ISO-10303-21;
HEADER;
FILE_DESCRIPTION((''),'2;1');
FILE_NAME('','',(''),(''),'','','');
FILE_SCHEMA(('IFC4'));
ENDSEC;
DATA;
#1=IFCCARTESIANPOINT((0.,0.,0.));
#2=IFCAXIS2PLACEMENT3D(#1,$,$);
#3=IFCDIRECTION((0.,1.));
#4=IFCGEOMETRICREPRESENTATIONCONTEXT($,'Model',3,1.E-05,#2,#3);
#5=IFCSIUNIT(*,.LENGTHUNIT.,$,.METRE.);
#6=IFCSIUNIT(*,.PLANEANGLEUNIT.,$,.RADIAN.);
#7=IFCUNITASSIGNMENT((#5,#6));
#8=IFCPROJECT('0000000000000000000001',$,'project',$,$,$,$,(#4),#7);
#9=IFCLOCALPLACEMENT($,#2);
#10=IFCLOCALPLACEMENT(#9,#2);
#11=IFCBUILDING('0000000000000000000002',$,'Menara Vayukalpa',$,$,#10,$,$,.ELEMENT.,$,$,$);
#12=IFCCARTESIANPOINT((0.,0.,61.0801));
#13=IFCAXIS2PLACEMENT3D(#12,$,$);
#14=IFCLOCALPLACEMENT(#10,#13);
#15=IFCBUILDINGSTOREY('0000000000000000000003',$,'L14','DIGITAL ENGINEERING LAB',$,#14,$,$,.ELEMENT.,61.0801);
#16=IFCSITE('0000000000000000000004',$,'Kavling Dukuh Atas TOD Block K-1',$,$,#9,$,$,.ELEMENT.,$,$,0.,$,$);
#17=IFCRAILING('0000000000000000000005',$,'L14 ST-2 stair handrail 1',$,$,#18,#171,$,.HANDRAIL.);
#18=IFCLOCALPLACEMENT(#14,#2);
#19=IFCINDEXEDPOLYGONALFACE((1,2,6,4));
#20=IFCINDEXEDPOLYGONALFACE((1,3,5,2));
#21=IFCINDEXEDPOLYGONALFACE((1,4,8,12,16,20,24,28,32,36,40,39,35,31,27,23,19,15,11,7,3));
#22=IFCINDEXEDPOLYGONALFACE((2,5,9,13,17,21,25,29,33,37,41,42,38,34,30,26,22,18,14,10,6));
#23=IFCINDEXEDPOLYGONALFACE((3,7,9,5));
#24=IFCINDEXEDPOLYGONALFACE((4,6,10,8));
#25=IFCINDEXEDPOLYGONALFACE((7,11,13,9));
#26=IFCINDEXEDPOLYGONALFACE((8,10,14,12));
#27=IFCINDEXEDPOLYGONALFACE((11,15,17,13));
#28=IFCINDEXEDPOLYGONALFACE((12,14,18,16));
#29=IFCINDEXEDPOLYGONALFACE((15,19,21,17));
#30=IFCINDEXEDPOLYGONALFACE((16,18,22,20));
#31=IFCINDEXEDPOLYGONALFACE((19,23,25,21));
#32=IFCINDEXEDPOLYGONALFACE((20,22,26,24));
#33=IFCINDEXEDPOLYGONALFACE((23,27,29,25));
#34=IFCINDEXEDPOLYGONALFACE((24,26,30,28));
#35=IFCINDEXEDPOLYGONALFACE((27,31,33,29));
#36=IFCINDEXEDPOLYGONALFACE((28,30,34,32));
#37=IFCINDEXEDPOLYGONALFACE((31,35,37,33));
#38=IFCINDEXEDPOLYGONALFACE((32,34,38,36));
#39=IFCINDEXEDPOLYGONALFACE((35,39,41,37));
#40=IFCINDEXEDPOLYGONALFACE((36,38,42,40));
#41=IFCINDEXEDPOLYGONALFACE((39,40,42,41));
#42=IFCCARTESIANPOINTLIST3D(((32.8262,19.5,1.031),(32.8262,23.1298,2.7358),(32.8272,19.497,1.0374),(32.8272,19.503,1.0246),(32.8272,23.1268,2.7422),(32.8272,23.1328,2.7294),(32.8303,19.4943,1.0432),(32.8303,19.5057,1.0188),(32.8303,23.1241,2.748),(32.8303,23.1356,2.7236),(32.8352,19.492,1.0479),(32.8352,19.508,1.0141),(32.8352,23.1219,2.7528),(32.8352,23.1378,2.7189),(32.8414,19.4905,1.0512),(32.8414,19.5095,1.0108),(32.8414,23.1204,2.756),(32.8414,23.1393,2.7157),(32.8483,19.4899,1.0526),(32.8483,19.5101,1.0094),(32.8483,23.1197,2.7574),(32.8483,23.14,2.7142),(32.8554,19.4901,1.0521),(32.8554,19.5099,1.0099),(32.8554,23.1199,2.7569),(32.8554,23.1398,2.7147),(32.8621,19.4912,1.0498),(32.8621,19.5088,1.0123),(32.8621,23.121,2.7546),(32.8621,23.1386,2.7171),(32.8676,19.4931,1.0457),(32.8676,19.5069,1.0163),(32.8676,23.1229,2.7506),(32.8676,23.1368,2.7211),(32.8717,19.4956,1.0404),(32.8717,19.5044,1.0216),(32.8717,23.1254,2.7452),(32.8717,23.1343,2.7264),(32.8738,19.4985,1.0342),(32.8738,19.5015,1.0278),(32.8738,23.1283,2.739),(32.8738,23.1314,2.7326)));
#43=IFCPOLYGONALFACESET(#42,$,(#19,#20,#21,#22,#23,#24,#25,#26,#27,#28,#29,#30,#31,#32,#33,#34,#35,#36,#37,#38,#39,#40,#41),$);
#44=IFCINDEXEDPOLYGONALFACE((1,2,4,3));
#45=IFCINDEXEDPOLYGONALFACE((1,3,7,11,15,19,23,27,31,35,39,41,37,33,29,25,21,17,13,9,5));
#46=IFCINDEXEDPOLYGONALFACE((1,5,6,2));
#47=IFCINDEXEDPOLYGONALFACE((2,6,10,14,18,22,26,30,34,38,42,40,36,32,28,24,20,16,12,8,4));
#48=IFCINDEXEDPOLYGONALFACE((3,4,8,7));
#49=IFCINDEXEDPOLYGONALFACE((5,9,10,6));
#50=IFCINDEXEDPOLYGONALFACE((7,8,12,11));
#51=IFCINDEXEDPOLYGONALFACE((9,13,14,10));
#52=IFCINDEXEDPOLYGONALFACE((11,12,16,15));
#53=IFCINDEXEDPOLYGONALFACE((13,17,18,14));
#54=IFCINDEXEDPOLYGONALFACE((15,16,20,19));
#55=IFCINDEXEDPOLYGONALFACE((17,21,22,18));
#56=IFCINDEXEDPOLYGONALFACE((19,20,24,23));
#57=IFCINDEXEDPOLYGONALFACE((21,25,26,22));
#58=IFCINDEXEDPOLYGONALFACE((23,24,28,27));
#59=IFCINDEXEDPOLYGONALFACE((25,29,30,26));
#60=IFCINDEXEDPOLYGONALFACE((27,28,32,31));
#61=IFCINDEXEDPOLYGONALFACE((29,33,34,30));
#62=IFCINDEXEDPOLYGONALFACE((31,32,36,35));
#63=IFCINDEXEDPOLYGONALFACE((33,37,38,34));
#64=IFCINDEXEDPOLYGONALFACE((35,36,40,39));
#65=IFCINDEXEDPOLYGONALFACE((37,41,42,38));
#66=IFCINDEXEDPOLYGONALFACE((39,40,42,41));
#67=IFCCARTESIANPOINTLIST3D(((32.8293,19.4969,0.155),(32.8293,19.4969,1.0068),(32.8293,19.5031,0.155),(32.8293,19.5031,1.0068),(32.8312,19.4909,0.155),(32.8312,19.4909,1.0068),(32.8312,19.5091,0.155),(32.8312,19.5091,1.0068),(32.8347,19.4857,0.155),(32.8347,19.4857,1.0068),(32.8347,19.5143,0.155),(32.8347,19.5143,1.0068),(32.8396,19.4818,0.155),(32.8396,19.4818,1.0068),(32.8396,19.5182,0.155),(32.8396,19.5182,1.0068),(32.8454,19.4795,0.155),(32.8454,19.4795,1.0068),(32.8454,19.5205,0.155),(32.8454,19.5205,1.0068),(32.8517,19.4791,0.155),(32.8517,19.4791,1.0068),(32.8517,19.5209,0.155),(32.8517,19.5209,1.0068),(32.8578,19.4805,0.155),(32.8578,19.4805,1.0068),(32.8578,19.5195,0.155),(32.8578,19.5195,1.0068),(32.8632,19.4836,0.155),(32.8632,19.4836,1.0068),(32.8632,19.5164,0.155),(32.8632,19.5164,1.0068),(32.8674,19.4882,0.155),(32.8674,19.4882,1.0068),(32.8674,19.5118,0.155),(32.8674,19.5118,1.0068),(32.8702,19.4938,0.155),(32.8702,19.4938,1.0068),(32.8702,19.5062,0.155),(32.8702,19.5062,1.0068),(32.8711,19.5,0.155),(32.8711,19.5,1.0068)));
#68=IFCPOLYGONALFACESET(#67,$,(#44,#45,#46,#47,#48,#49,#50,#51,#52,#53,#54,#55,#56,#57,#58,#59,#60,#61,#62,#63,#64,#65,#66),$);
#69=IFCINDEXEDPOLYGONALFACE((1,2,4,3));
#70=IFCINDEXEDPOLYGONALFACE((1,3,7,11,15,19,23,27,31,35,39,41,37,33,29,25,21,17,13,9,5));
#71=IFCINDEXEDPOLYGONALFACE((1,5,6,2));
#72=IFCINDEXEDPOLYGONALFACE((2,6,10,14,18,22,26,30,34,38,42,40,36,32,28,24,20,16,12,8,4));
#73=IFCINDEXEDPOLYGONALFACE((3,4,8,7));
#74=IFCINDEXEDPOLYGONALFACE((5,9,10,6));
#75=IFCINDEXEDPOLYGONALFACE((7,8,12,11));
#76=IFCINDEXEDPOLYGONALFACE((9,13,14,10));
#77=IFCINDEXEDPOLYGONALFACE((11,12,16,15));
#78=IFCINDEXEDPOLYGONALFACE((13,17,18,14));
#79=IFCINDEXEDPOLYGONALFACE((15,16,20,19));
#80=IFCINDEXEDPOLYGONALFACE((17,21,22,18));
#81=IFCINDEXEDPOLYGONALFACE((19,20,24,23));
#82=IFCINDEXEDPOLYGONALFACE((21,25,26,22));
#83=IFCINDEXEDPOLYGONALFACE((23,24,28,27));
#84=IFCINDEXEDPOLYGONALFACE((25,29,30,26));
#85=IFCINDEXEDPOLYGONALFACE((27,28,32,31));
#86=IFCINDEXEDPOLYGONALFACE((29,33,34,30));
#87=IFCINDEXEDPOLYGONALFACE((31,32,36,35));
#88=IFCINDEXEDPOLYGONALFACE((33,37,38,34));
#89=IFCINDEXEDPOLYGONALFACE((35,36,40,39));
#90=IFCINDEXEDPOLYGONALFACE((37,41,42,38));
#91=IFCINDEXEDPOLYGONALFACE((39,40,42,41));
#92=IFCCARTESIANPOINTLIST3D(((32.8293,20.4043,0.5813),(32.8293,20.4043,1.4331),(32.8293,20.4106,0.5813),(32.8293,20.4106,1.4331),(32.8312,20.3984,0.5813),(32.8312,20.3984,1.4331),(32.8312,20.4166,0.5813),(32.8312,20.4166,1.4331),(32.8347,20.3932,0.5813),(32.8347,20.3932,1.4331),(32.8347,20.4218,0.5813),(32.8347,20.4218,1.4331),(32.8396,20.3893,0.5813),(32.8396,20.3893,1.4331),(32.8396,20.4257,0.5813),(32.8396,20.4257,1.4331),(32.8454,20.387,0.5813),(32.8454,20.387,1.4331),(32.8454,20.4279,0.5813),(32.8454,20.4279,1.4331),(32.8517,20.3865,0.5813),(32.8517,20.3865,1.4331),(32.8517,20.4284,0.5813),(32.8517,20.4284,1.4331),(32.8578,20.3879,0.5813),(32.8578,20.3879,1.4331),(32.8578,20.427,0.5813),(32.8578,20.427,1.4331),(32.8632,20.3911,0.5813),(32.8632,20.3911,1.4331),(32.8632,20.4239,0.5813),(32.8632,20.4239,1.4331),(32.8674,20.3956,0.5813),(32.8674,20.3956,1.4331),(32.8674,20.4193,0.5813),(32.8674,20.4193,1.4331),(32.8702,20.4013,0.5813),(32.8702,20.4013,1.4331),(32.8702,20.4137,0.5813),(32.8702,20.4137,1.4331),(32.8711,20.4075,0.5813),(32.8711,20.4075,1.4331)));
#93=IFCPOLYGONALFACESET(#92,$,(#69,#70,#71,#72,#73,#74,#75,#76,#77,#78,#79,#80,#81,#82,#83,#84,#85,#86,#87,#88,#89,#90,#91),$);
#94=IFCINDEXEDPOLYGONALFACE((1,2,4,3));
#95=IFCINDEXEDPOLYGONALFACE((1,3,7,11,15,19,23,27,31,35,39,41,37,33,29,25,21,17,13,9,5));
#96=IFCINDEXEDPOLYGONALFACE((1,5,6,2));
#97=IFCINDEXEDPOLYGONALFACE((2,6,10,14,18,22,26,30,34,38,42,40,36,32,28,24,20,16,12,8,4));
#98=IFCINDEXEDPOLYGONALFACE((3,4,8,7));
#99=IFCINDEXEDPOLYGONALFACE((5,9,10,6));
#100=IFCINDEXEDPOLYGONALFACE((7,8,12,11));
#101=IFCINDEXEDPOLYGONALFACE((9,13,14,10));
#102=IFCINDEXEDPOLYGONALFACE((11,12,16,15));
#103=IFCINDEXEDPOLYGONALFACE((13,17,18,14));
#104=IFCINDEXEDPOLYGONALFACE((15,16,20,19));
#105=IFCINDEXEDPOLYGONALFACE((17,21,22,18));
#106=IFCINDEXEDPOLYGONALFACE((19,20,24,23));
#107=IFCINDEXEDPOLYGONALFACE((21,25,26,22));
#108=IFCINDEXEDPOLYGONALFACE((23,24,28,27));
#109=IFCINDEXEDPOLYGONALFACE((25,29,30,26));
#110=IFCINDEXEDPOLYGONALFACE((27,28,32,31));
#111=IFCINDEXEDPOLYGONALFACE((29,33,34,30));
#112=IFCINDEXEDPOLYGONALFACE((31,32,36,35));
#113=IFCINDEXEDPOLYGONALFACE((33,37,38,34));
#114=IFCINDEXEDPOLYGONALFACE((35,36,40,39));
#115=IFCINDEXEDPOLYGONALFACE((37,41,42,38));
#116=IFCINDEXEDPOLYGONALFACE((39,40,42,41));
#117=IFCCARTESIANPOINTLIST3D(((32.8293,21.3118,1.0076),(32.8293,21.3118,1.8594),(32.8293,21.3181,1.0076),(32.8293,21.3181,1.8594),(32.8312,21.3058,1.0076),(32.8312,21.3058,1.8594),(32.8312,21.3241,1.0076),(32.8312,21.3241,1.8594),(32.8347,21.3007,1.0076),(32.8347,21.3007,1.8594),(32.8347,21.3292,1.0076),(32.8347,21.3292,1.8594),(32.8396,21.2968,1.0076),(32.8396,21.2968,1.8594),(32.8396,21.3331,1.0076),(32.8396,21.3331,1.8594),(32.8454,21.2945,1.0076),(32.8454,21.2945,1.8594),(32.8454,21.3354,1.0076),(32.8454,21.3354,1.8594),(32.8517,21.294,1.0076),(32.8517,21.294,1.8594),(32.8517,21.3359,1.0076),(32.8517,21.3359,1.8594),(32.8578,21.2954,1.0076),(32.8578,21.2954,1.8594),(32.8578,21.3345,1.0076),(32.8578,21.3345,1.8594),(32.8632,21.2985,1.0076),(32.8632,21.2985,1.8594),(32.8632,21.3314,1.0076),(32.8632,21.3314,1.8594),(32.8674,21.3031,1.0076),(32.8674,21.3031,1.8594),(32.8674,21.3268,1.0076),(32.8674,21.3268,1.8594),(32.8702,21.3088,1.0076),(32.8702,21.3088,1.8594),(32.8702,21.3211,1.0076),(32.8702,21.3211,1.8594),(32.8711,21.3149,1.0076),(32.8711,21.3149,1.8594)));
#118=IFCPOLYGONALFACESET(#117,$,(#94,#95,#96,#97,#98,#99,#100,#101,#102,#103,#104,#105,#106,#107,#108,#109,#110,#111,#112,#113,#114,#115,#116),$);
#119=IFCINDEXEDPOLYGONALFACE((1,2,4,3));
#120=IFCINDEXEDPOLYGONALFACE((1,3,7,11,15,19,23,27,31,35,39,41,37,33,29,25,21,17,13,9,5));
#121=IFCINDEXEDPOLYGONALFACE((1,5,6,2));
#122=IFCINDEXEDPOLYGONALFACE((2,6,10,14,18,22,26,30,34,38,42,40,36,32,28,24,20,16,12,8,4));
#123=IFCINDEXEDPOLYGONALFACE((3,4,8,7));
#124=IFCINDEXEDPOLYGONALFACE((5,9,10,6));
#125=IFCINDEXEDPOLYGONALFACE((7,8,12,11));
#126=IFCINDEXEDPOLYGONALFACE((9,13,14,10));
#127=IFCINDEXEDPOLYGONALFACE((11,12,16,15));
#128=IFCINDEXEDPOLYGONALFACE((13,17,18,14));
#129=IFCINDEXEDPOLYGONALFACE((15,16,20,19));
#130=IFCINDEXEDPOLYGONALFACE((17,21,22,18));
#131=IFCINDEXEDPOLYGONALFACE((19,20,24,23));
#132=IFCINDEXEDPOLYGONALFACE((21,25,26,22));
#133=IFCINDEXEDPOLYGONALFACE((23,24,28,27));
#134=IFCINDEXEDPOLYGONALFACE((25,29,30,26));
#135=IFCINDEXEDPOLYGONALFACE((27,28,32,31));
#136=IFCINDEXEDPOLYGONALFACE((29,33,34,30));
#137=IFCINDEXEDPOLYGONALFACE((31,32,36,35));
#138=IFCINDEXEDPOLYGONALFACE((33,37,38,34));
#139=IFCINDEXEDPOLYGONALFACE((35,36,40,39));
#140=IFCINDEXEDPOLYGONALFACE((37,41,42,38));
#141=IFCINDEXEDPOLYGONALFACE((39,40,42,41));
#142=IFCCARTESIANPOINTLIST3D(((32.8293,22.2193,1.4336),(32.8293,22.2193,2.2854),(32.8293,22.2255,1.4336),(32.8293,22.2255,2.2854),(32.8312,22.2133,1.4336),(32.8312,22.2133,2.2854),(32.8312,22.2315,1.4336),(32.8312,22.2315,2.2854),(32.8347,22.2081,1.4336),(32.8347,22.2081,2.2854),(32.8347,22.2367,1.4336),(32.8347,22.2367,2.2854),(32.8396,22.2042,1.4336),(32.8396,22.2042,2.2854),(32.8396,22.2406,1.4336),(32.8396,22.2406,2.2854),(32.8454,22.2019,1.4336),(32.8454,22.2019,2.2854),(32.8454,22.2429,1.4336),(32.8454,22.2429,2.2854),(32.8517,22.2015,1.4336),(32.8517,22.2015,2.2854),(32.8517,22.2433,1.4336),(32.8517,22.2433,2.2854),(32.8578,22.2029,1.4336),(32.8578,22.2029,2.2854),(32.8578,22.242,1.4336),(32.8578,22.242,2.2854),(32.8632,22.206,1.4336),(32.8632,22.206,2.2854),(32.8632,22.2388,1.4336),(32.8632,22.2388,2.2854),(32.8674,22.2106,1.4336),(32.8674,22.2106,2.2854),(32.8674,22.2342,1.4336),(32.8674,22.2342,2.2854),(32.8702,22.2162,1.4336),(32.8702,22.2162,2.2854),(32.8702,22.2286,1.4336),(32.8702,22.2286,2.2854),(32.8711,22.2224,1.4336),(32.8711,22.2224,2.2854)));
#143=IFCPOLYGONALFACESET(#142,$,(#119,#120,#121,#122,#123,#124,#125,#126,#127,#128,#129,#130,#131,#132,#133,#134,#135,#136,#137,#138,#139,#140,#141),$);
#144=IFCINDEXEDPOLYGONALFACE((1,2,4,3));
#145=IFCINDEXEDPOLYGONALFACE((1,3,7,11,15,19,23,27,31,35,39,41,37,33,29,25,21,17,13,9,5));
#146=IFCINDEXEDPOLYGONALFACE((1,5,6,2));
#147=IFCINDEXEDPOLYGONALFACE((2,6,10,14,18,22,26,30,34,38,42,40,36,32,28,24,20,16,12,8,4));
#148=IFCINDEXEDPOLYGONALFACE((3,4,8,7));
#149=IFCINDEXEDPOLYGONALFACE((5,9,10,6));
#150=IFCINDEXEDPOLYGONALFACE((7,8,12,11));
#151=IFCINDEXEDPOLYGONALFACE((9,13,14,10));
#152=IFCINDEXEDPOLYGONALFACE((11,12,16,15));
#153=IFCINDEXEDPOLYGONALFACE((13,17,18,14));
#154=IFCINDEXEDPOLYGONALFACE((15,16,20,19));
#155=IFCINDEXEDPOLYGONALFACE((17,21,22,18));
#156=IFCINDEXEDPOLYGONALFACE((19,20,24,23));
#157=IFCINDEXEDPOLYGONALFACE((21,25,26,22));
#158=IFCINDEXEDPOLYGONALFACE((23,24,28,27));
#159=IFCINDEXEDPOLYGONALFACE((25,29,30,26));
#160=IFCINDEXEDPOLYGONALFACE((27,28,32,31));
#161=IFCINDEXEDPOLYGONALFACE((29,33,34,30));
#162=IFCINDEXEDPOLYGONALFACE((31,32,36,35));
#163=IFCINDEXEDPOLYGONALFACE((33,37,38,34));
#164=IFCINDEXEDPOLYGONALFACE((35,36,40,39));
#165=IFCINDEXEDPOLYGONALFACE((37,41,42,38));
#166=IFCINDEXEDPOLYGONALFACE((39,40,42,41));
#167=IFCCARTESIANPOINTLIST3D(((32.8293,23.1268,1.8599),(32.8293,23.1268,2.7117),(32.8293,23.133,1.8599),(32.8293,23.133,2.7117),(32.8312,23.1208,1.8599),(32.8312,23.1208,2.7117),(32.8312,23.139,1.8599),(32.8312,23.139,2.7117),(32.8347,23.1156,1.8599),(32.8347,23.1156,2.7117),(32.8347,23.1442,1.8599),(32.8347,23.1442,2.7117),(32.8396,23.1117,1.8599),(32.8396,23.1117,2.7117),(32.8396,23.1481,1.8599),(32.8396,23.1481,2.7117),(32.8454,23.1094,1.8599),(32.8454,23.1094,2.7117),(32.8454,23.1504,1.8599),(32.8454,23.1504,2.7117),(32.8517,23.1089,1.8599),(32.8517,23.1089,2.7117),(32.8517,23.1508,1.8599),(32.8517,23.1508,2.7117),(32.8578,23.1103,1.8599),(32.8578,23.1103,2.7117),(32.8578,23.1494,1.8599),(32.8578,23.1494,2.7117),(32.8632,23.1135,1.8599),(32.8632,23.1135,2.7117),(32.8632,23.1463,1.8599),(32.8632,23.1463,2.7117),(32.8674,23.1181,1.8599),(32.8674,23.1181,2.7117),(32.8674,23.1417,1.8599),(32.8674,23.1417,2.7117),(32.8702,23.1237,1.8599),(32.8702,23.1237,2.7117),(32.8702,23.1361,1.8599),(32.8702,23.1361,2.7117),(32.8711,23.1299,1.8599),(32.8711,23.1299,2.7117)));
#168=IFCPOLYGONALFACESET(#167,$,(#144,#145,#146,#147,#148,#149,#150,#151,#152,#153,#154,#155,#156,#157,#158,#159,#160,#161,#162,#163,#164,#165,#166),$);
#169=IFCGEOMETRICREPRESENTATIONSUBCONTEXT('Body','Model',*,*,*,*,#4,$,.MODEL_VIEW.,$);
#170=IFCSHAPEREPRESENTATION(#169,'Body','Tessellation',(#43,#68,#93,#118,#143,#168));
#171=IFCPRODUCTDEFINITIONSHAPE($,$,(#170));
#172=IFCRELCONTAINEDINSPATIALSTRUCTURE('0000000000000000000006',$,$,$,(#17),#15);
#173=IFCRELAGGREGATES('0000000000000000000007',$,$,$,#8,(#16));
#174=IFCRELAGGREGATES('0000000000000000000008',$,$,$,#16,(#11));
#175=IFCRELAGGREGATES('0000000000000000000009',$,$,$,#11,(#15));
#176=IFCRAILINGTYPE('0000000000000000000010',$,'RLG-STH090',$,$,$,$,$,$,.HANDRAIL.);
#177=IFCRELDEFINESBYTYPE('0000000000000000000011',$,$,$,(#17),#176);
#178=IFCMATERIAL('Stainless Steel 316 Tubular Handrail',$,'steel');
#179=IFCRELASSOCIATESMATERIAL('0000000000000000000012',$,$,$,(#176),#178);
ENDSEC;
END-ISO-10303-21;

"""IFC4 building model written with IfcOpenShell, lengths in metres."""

from ifc_helpers import new_model, si_unit, direction, frame, origin, origin_2d, place, context, subcontext, project, spatial, circle, extrude, material, type_object, element, save


model = new_model("IFC4")

# Units and contexts
model_context = context("Model", 3, precision=1e-05, world=origin(), true_north=direction((0.0, 1.0)))
body_context = subcontext(model_context, "Body", "Model", "MODEL_VIEW")
ifc_project = project(units=[si_unit("LENGTHUNIT", "METRE"), si_unit("PLANEANGLEUNIT", "RADIAN")], contexts=[model_context])

# Site, building, storey
site_placement = place(None, origin())
site = spatial("IfcSite", under=ifc_project, at=site_placement, Name="Kavling Dukuh Atas TOD Block K-1", CompositionType="ELEMENT", RefElevation=0.0)
building_placement = place(site_placement, origin())
building = spatial("IfcBuilding", under=site, at=building_placement, Name="Menara Vayukalpa", CompositionType="ELEMENT")
storey_placement = place(building_placement, frame((0.0, 0.0, 61.0801)))
storey = spatial("IfcBuildingStorey", under=building, at=storey_placement, Name="L14", Description="DIGITAL ENGINEERING LAB", CompositionType="ELEMENT", Elevation=61.0801)

# Railing
ifc_material_1 = material(Name="Stainless Steel 316 Tubular Handrail", Category="steel")
railing_type_1 = type_object("IfcRailingType", Name="RLG-STH090", PredefinedType="HANDRAIL", material=ifc_material_1)
railing_1_placement = place(storey_placement, frame((32.8501, 19.5, 0.155)))
element("IfcRailing", 1, at=railing_1_placement, inside=storey, type_object=railing_type_1, Name="L14 ST-2 stair handrail 1", PredefinedType="HANDRAIL", context=body_context, shape_type="SweptSolid", body=[
    extrude(circle(Radius=0.0239, at=origin_2d()), frame((0.0, 0.0, 0.876), z_axis=(0.0, 0.90514, 0.425114), x_axis=(-1.0, 0.0, 0.0)), (0.0, 0.0, 1.0), 4.0103),
    extrude(circle(Radius=0.021, at=origin_2d()), origin(), (0.0, 0.0, 1.0), 0.8518),
    extrude(circle(Radius=0.021, at=origin_2d()), frame((0.0, 0.9075, 0.4263)), (0.0, 0.0, 1.0), 0.8518),
    extrude(circle(Radius=0.021, at=origin_2d()), frame((0.0, 1.8149, 0.8525)), (0.0, 0.0, 1.0), 0.8518),
    extrude(circle(Radius=0.021, at=origin_2d()), frame((0.0, 2.7224, 1.2786)), (0.0, 0.0, 1.0), 0.8518),
    extrude(circle(Radius=0.021, at=origin_2d()), frame((0.0, 3.6299, 1.7048)), (0.0, 0.0, 1.0), 0.8518),
])

save(model, "model.ifc")
